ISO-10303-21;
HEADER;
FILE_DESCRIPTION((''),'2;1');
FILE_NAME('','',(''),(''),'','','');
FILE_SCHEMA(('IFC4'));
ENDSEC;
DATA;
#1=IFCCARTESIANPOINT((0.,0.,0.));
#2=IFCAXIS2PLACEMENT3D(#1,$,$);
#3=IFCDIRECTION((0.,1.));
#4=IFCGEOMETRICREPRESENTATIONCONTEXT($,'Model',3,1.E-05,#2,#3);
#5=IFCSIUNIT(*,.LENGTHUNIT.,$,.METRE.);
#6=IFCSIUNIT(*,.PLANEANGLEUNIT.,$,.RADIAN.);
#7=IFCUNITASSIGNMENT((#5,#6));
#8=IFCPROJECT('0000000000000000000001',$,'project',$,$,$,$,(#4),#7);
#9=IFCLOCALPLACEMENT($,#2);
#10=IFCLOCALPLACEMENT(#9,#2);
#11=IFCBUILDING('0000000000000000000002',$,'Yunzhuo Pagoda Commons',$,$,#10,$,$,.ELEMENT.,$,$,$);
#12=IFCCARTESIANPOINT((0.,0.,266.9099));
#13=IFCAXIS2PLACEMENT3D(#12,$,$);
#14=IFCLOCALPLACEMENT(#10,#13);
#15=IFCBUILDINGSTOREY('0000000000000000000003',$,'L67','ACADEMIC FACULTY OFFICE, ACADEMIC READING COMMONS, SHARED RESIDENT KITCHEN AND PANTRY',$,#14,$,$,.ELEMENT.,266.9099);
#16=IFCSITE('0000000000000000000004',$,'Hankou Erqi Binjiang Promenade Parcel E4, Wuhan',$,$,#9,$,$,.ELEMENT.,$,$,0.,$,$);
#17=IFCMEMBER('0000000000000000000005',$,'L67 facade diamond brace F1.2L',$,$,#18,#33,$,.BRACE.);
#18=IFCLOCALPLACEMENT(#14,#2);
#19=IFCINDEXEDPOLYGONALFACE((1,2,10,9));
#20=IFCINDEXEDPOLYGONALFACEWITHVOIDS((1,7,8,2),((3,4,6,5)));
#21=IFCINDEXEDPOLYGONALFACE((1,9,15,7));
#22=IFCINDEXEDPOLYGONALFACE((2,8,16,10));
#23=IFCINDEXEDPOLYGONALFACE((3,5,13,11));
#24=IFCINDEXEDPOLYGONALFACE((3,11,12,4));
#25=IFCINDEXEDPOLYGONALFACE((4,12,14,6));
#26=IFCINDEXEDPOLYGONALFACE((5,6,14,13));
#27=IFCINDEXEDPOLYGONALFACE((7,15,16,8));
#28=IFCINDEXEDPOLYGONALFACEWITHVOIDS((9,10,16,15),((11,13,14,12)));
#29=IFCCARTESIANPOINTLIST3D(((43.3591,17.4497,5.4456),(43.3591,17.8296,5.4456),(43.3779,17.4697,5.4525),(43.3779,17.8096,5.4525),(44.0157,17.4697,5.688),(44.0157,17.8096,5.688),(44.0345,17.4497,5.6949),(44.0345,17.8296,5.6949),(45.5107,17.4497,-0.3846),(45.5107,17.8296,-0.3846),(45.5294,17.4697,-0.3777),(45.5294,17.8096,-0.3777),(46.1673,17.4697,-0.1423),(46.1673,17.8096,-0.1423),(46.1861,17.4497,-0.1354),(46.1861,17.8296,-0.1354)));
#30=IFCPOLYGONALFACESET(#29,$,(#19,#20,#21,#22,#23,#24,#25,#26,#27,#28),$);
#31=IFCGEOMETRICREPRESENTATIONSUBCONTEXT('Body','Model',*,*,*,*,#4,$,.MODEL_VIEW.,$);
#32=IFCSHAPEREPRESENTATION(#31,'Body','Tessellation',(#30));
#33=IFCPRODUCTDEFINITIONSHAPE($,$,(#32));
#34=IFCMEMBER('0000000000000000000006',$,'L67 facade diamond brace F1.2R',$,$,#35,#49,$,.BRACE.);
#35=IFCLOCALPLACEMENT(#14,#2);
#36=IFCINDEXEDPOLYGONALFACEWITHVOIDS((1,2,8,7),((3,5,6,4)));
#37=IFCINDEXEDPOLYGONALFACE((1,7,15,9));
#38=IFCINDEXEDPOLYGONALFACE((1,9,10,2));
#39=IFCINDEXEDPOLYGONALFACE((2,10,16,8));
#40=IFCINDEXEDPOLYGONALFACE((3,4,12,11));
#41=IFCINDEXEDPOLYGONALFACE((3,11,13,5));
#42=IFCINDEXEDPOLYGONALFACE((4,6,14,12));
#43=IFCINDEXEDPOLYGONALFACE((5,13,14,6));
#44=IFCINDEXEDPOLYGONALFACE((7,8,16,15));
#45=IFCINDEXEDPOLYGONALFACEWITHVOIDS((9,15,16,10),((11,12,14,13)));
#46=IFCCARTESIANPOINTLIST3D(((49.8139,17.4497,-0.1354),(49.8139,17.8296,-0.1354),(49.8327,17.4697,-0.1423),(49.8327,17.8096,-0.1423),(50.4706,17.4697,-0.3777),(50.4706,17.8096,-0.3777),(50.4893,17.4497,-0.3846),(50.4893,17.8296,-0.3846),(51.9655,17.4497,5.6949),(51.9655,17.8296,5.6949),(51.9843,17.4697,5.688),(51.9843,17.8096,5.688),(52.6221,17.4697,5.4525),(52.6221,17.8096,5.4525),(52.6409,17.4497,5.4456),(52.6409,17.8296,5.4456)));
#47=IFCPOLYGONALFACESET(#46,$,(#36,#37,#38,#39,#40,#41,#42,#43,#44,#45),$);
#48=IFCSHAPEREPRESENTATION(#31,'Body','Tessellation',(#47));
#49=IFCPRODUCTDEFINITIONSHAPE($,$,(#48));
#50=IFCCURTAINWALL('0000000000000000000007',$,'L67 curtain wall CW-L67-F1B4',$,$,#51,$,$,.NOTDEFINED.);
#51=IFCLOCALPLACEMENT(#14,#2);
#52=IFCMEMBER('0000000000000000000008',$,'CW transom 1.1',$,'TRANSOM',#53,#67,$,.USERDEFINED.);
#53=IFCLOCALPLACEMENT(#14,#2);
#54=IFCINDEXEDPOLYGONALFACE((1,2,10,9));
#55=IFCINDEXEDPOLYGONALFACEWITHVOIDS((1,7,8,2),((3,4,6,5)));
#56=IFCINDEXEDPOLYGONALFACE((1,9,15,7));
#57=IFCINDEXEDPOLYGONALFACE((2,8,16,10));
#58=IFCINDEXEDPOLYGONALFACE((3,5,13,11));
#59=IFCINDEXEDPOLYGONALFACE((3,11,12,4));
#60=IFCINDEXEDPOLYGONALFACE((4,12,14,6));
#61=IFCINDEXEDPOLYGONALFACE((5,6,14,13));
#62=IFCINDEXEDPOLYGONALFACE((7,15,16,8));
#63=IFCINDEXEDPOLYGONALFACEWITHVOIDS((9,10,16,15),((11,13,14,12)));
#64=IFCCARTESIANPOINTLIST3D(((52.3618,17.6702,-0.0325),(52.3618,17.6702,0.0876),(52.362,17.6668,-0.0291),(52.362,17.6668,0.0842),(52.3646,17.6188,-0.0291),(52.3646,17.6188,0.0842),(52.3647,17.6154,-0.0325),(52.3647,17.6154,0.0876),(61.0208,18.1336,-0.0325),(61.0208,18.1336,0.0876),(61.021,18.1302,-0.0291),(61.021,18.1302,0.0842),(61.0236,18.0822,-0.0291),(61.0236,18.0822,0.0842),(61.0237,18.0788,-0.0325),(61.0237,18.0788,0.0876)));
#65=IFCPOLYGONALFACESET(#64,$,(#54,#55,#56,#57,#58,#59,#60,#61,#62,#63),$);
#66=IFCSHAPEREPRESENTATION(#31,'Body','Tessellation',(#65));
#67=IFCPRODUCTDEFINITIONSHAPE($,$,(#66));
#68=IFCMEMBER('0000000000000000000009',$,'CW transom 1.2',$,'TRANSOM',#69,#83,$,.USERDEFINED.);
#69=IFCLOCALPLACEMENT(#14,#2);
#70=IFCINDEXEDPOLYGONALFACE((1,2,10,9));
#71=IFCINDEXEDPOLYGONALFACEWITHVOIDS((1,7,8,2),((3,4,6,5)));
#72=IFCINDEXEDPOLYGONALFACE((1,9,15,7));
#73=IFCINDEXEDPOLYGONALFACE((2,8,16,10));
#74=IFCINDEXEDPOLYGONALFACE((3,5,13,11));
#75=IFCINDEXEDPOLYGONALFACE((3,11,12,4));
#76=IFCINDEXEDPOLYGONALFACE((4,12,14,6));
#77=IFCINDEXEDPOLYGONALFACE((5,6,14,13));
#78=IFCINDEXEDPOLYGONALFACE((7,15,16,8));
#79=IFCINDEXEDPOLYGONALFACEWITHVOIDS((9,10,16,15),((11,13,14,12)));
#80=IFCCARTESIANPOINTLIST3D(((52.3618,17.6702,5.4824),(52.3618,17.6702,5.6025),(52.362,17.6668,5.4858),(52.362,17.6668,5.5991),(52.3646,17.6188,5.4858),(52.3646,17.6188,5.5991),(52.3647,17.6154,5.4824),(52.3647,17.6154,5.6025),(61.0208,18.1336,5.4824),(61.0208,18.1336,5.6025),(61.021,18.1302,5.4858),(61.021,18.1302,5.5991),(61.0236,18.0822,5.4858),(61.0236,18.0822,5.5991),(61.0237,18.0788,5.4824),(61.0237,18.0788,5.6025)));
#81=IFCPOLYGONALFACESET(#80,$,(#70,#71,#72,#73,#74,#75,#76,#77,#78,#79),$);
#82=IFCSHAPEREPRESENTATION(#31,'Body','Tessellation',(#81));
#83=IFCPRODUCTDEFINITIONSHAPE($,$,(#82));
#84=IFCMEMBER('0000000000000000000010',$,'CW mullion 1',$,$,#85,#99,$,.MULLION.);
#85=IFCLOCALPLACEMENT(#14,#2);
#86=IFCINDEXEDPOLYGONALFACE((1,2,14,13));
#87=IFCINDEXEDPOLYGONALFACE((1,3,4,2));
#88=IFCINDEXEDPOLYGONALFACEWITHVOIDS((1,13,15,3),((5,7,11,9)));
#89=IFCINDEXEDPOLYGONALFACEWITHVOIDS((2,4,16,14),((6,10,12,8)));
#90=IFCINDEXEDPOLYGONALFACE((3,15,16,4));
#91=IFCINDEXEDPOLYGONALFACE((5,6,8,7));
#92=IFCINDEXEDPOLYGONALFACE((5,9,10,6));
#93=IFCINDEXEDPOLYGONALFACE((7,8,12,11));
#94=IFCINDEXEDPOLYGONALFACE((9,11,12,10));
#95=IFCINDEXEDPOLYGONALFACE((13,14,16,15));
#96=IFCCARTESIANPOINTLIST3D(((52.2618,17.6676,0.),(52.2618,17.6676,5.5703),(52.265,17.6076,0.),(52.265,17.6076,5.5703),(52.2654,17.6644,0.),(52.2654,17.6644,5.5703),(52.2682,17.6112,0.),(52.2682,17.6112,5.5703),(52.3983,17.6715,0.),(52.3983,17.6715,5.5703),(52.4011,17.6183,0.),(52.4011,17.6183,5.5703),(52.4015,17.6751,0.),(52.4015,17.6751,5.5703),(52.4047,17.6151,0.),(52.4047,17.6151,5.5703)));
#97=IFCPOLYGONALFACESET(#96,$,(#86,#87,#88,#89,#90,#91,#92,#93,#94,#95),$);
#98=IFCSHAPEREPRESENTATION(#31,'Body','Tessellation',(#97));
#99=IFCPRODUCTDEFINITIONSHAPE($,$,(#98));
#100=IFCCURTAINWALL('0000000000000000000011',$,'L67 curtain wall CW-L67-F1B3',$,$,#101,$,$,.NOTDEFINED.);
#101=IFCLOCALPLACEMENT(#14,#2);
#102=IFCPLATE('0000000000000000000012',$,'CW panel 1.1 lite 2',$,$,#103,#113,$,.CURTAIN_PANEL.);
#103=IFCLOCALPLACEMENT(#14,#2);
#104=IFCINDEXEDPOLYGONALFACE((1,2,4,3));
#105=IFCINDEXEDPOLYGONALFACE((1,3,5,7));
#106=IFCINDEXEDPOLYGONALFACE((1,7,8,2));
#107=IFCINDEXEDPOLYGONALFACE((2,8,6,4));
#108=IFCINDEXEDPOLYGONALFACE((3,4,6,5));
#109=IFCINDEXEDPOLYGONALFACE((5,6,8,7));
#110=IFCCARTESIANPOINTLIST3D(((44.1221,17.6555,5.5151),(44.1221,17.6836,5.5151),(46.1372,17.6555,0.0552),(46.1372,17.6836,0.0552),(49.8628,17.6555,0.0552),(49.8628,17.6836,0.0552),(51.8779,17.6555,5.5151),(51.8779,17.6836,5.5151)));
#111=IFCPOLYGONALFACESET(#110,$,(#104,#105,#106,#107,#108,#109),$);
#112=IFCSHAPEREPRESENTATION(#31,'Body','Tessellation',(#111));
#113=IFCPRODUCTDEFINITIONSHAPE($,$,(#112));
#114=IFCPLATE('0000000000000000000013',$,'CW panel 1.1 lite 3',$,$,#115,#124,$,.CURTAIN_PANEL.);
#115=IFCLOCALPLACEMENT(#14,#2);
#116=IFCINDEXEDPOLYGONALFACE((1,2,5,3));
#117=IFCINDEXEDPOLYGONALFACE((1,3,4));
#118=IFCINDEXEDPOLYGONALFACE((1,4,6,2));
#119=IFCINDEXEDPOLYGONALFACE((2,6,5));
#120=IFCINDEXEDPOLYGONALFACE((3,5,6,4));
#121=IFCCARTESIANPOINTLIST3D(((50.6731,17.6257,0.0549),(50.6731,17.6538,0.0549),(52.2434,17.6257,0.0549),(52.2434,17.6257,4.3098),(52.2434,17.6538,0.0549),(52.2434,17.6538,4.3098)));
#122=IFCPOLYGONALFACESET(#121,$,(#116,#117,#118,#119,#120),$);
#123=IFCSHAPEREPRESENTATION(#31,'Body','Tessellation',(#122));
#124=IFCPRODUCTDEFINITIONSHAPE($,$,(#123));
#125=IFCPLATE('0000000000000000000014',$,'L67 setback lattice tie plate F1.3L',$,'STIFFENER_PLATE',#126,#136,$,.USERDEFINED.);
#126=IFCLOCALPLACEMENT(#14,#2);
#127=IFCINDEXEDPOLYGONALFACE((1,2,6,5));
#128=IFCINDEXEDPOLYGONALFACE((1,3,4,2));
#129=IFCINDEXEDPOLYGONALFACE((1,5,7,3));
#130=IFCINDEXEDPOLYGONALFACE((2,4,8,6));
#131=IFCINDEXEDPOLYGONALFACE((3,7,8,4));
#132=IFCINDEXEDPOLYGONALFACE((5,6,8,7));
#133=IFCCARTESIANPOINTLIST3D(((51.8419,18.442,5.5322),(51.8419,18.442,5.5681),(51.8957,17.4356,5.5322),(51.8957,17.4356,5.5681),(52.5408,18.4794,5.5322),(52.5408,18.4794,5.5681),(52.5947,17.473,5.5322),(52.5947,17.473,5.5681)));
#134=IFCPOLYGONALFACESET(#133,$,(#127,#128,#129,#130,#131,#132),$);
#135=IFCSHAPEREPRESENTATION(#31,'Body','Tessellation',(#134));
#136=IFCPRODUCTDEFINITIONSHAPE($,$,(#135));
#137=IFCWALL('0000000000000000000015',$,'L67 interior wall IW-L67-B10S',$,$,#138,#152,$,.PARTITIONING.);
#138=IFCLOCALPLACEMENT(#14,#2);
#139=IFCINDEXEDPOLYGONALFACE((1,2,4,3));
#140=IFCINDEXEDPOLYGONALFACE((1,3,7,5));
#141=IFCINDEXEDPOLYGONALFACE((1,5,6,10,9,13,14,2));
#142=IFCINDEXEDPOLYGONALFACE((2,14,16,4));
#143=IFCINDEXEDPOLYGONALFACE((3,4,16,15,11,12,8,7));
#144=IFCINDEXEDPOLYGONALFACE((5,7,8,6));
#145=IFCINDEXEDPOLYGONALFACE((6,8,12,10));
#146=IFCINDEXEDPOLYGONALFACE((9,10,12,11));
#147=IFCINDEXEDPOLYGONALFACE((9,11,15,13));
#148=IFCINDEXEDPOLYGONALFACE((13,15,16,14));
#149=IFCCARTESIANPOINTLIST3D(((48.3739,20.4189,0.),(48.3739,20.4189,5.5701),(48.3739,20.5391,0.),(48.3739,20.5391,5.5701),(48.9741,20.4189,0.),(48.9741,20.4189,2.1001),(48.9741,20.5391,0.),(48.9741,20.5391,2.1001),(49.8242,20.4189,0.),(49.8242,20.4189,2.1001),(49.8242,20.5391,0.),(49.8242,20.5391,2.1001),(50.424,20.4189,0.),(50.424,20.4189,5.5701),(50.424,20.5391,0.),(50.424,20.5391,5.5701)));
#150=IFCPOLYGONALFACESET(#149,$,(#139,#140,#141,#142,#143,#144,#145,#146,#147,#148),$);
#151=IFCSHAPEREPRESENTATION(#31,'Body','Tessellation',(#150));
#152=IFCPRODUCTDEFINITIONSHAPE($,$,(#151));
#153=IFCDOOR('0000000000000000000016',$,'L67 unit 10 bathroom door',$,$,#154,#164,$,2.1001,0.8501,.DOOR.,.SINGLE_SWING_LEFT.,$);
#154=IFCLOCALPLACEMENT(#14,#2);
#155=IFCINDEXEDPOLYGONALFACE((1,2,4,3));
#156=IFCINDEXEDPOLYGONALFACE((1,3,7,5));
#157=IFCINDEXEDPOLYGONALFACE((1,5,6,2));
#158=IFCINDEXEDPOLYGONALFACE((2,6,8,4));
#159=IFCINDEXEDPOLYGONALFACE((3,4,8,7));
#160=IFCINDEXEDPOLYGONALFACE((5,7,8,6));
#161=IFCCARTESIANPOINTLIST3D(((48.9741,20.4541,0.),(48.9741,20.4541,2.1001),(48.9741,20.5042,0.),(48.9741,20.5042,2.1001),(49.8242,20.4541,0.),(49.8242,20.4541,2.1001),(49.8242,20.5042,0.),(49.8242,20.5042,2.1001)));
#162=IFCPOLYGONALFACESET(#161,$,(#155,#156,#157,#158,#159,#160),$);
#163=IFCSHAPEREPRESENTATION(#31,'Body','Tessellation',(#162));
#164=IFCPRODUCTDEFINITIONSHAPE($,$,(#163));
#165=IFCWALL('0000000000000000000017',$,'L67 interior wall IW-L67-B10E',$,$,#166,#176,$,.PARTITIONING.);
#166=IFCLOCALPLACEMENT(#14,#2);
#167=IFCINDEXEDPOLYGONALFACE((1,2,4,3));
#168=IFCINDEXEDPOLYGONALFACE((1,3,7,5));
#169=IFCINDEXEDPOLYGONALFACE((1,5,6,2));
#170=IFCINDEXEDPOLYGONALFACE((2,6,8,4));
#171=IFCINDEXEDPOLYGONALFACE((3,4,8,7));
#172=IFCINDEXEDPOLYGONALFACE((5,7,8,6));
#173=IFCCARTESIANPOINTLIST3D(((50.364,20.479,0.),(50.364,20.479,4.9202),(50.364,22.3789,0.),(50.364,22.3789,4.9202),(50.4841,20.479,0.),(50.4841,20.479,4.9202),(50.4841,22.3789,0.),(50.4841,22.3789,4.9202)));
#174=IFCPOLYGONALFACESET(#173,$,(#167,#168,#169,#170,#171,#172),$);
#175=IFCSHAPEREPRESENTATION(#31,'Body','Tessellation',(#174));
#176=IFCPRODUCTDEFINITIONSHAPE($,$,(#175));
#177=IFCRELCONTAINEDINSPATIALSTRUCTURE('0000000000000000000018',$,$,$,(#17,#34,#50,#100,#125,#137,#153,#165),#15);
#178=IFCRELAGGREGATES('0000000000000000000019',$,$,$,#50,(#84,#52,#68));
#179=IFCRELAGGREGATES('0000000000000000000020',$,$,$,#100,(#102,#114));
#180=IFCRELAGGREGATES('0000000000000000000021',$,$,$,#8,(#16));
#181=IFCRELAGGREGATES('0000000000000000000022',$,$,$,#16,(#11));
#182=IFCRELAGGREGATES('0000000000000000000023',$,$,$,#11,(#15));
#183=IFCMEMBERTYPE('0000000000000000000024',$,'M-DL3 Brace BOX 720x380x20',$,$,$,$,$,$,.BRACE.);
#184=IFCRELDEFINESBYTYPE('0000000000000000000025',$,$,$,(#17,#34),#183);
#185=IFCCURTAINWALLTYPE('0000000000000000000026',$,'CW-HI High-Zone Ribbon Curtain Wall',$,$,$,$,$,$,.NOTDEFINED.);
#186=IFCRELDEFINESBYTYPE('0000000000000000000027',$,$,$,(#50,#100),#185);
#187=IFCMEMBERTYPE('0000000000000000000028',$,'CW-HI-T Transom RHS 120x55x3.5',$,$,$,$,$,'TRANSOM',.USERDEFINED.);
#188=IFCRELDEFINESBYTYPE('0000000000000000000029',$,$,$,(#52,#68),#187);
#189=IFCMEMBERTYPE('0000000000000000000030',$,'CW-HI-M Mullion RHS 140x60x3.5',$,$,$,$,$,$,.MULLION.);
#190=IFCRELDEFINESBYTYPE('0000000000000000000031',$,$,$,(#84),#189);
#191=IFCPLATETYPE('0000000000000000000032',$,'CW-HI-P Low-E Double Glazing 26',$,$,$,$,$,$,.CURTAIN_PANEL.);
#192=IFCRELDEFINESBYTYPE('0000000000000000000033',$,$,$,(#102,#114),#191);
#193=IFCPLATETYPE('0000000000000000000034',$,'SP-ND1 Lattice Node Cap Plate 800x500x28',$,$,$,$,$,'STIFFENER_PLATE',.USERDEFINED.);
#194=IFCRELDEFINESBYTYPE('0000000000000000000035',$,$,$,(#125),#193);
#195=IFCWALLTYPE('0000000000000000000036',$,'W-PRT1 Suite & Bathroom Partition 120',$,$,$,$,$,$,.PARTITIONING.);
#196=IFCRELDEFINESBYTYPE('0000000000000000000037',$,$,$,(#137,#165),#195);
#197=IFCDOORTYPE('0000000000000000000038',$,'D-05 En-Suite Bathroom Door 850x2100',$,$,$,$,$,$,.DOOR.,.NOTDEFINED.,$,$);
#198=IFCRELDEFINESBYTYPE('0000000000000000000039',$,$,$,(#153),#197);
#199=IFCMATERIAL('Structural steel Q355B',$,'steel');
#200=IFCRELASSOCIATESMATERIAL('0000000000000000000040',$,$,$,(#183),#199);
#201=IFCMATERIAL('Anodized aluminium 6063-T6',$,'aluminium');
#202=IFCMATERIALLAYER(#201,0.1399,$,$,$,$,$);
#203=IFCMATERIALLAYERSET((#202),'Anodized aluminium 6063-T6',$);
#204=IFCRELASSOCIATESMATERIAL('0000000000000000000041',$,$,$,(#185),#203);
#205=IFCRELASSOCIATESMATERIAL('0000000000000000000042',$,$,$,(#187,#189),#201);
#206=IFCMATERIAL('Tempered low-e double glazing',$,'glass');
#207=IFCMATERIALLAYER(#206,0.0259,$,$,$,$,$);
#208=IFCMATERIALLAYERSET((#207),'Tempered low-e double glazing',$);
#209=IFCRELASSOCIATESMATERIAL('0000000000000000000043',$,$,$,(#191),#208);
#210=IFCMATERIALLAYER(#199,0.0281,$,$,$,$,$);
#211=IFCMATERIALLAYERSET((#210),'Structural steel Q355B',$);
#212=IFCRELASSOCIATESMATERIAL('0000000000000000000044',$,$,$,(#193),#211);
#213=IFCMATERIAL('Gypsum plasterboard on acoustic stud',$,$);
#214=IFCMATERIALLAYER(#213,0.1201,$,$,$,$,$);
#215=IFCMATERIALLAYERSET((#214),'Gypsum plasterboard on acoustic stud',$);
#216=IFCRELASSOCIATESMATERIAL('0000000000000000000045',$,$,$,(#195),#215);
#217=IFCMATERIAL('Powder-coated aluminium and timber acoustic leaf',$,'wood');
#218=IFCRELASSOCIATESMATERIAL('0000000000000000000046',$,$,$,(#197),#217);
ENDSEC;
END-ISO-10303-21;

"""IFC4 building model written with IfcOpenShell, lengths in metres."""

from ifc_helpers import new_model, si_unit, direction, frame, frame_2d, origin, origin_2d, place, context, subcontext, project, spatial, polyline, rectangle, hollow_rectangle, outline, extrude, source, transform, mapped, material, layer, layer_set, material_profile, profile_set, type_object, element, fill, aggregate, save


model = new_model("IFC4")

# Units and contexts
model_context = context("Model", 3, precision=1e-05, world=origin(), true_north=direction((0.0, 1.0)))
body_context = subcontext(model_context, "Body", "Model", "MODEL_VIEW")
ifc_project = project(units=[si_unit("LENGTHUNIT", "METRE"), si_unit("PLANEANGLEUNIT", "RADIAN")], contexts=[model_context])

# Site, building, storey
site_placement = place(None, origin())
site = spatial("IfcSite", under=ifc_project, at=site_placement, Name="Hankou Erqi Binjiang Promenade Parcel E4, Wuhan", CompositionType="ELEMENT", RefElevation=0.0)
building_placement = place(site_placement, origin())
building = spatial("IfcBuilding", under=site, at=building_placement, Name="Yunzhuo Pagoda Commons", CompositionType="ELEMENT")
storey_placement = place(building_placement, frame((0.0, 0.0, 266.9099)))
storey = spatial("IfcBuildingStorey", under=building, at=storey_placement, Name="L67", Description="ACADEMIC FACULTY OFFICE, ACADEMIC READING COMMONS, SHARED RESIDENT KITCHEN AND PANTRY", CompositionType="ELEMENT", Elevation=266.9099)

# Shared definitions
ifc_material_1 = material(Name="Structural steel Q355B", Category="steel")

# Members
ifc_material_profile_1 = material_profile(ifc_material_1, hollow_rectangle(XDim=0.3799, YDim=0.72, WallThickness=0.02, at=origin_2d()), Name="Structural steel Q355B")
ifc_profile_set_1 = profile_set([ifc_material_profile_1], Name="Structural steel Q355B")
member_type_1 = type_object("IfcMemberType", Name="M-DL3 Brace BOX 720x380x20", PredefinedType="BRACE", material=ifc_profile_set_1)
shared_shape_1 = source(origin(), body_context, "Body", "SweptSolid", [
    extrude(hollow_rectangle(XDim=0.3799, YDim=0.72, WallThickness=0.02, at=origin_2d()), origin(), (0.0, 0.0, 1.0), 6.2146),
])
for number, where, z_axis, x_axis, name in (
    (1, (45.8484, 17.6396, -0.26), (-0.346215, 0.0, 0.938155), (0.0, -1.0, 0.0), "L67 facade diamond brace F1.2L"),
    (2, (50.1516, 17.6396, -0.26), (0.346215, 0.0, 0.938155), (0.0, 1.0, 0.0), "L67 facade diamond brace F1.2R"),
):
    element("IfcMember", number, at=place(storey_placement, frame(where, z_axis=z_axis, x_axis=x_axis)), inside=storey, type_object=member_type_1, Name=name, PredefinedType="BRACE", context=body_context, shape_type="MappedRepresentation", body=[
        mapped(shared_shape_1, transform((0.0, 0.0, 0.0), scale=1.0)),
    ])

# Curtain wall, members
ifc_material_2 = material(Name="Anodized aluminium 6063-T6", Category="aluminium")
ifc_layer_1 = layer(ifc_material_2, 0.1399)
ifc_layer_set_1 = layer_set([ifc_layer_1], Name="Anodized aluminium 6063-T6")
curtain_wall_type = type_object("IfcCurtainWallType", Name="CW-HI High-Zone Ribbon Curtain Wall", PredefinedType="NOTDEFINED", material=ifc_layer_set_1)
curtain_wall_1_placement = place(storey_placement, origin())
curtain_wall_1 = element("IfcCurtainWall", 3, at=curtain_wall_1_placement, inside=storey, type_object=curtain_wall_type, Name="L67 curtain wall CW-L67-F1B4", PredefinedType="NOTDEFINED")
ifc_material_profile_2 = material_profile(ifc_material_2, hollow_rectangle(XDim=0.0549, YDim=0.1201, WallThickness=0.0034, at=origin_2d()), Name="Anodized aluminium 6063-T6")
ifc_profile_set_2 = profile_set([ifc_material_profile_2], Name="Anodized aluminium 6063-T6")
member_type_2 = type_object("IfcMemberType", Name="CW-HI-T Transom RHS 120x55x3.5", ElementType="TRANSOM", PredefinedType="USERDEFINED", material=ifc_profile_set_2)
shared_shape_2 = source(origin(), body_context, "Body", "SweptSolid", [
    extrude(hollow_rectangle(XDim=0.0549, YDim=0.1201, WallThickness=0.0034, at=origin_2d()), origin(), (0.0, 0.0, 1.0), 8.6714),
])
member_1_placement = place(storey_placement, frame((52.3633, 17.6428, 0.0276), z_axis=(0.998571, 0.053438, 0.0), x_axis=(-0.053438, 0.998571, 0.0)))
member_1 = element("IfcMember", 4, at=member_1_placement, type_object=member_type_2, Name="CW transom 1.1", ObjectType="TRANSOM", PredefinedType="USERDEFINED", context=body_context, shape_type="MappedRepresentation", body=[
    mapped(shared_shape_2, transform((0.0, 0.0, 0.0), scale=1.0)),
])
member_2_placement = place(storey_placement, frame((52.3633, 17.6428, 5.5425), z_axis=(0.998571, 0.053438, 0.0), x_axis=(-0.053438, 0.998571, 0.0)))
member_2 = element("IfcMember", 5, at=member_2_placement, type_object=member_type_2, Name="CW transom 1.2", ObjectType="TRANSOM", PredefinedType="USERDEFINED", context=body_context, shape_type="MappedRepresentation", body=[
    mapped(shared_shape_2, transform((0.0, 0.0, 0.0), scale=1.0)),
])
ifc_material_profile_3 = material_profile(ifc_material_2, hollow_rectangle(XDim=0.0601, YDim=0.1399, WallThickness=0.0034, at=origin_2d()), Name="Anodized aluminium 6063-T6")
ifc_profile_set_3 = profile_set([ifc_material_profile_3], Name="Anodized aluminium 6063-T6")
member_type_3 = type_object("IfcMemberType", Name="CW-HI-M Mullion RHS 140x60x3.5", PredefinedType="MULLION", material=ifc_profile_set_3)
shared_shape_3 = source(origin(), body_context, "Body", "SweptSolid", [
    extrude(hollow_rectangle(XDim=0.0601, YDim=0.1399, WallThickness=0.0034, at=origin_2d()), origin(), (0.0, 0.0, 1.0), 5.5703),
])
member_3_placement = place(storey_placement, frame((52.3333, 17.6414, 0.0), z_axis=(0.0, 0.0, 1.0), x_axis=(-0.053427, 0.998572, 0.0)))
member_3 = element("IfcMember", 6, at=member_3_placement, type_object=member_type_3, Name="CW mullion 1", PredefinedType="MULLION", context=body_context, shape_type="MappedRepresentation", body=[
    mapped(shared_shape_3, transform((0.0, 0.0, 0.0), scale=1.0)),
])
aggregate(curtain_wall_1, [member_3, member_1, member_2])

# Curtain wall, plates
curtain_wall_2_placement = place(storey_placement, origin())
curtain_wall_2 = element("IfcCurtainWall", 7, at=curtain_wall_2_placement, inside=storey, type_object=curtain_wall_type, Name="L67 curtain wall CW-L67-F1B3", PredefinedType="NOTDEFINED")
ifc_material_3 = material(Name="Tempered low-e double glazing", Category="glass")
ifc_layer_2 = layer(ifc_material_3, 0.0259)
ifc_layer_set_2 = layer_set([ifc_layer_2], Name="Tempered low-e double glazing")
plate_type_1 = type_object("IfcPlateType", Name="CW-HI-P Low-E Double Glazing 26", PredefinedType="CURTAIN_PANEL", material=ifc_layer_set_2)
plate_1_placement = place(storey_placement, frame((48.0, 17.6836, 2.7852), z_axis=(0.0, -1.0, 0.0), x_axis=(1.0, 0.0, 0.0)))
plate_1 = element("IfcPlate", 8, at=plate_1_placement, type_object=plate_type_1, Name="CW panel 1.1 lite 2", PredefinedType="CURTAIN_PANEL", context=body_context, shape_type="SweptSolid", body=[
    extrude(outline(polyline([(-3.8779, 2.73), (-1.8628, -2.73), (1.8628, -2.73), (3.8779, 2.73), (-3.8779, 2.73)])), origin(), (0.0, 0.0, 1.0), 0.0281),
])
plate_2_placement = place(storey_placement, frame((51.4583, 17.6538, 2.1824), z_axis=(0.0, -1.0, 0.0), x_axis=(1.0, 0.0, 0.0)))
plate_2 = element("IfcPlate", 9, at=plate_2_placement, type_object=plate_type_1, Name="CW panel 1.1 lite 3", PredefinedType="CURTAIN_PANEL", context=body_context, shape_type="SweptSolid", body=[
    extrude(outline(polyline([(-0.7852, -2.1274), (0.7852, -2.1274), (0.7852, 2.1274), (-0.7852, -2.1274)])), origin(), (0.0, 0.0, 1.0), 0.0281),
])
aggregate(curtain_wall_2, [plate_1, plate_2])

# Plate
ifc_layer_3 = layer(ifc_material_1, 0.0281)
ifc_layer_set_3 = layer_set([ifc_layer_3], Name="Structural steel Q355B")
plate_type_2 = type_object("IfcPlateType", Name="SP-ND1 Lattice Node Cap Plate 800x500x28", ElementType="STIFFENER_PLATE", PredefinedType="USERDEFINED", material=ifc_layer_set_3)
shared_shape_4 = source(origin(), body_context, "Body", "SweptSolid", [
    extrude(rectangle(XDim=0.7, YDim=1.0078, at=origin_2d()), origin(), (0.0, 0.0, 1.0), 0.0359),
])
plate_3_placement = place(storey_placement, frame((52.2183, 17.9575, 5.5322), z_axis=(0.0, 0.0, 1.0), x_axis=(0.998571, 0.053434, 0.0)))
element("IfcPlate", 10, at=plate_3_placement, inside=storey, type_object=plate_type_2, Name="L67 setback lattice tie plate F1.3L", ObjectType="STIFFENER_PLATE", PredefinedType="USERDEFINED", context=body_context, shape_type="MappedRepresentation", body=[
    mapped(shared_shape_4, transform((0.0, 0.0, 0.0), scale=1.0)),
])

# Wall, opening, door
ifc_material_4 = material(Name="Gypsum plasterboard on acoustic stud")
ifc_layer_4 = layer(ifc_material_4, 0.1201)
ifc_layer_set_4 = layer_set([ifc_layer_4], Name="Gypsum plasterboard on acoustic stud")
wall_type_1 = type_object("IfcWallType", Name="W-PRT1 Suite & Bathroom Partition 120", PredefinedType="PARTITIONING", material=ifc_layer_set_4)
wall_1_placement = place(storey_placement, frame((48.374, 20.479, 0.0), z_axis=(0.0, 0.0, 1.0), x_axis=(1.0, 0.0, 0.0)))
wall_1 = element("IfcWall", 11, at=wall_1_placement, inside=storey, type_object=wall_type_1, Name="L67 interior wall IW-L67-B10S", PredefinedType="PARTITIONING", context=body_context, shape_type="SweptSolid", body=[
    extrude(rectangle(XDim=2.05, YDim=0.1201, at=frame_2d((1.0249, 0.0))), origin(), (0.0, 0.0, 1.0), 5.5701),
])
opening_1_placement = place(wall_1_placement, frame((0.6001, 0.0, 0.0)))
opening_1 = element("IfcOpeningElement", 12, at=opening_1_placement, cuts=wall_1, PredefinedType="OPENING", context=body_context, shape_type="SweptSolid", body=[
    extrude(rectangle(XDim=0.8501, YDim=2.1001, at=frame_2d((0.425, 1.05))), frame((0.0, 0.0701, 0.0), z_axis=(0.0, -1.0, 0.0), x_axis=(1.0, 0.0, 0.0)), (0.0, 0.0, 1.0), 0.1401),
])
ifc_material_5 = material(Name="Powder-coated aluminium and timber acoustic leaf", Category="wood")
door_type_1 = type_object("IfcDoorType", Name="D-05 En-Suite Bathroom Door 850x2100", OperationType="NOTDEFINED", PredefinedType="DOOR", material=ifc_material_5)
shared_shape_5 = source(origin(), body_context, "Body", "SweptSolid", [
    extrude(rectangle(XDim=0.8501, YDim=2.1001, at=frame_2d((0.425, 1.05))), frame((0.0, 0.0249, 0.0), z_axis=(0.0, -1.0, 0.0), x_axis=(1.0, 0.0, 0.0)), (0.0, 0.0, 1.0), 0.05),
])
door_1_placement = place(opening_1_placement, frame((0.8501, 0.0, 0.0), z_axis=(0.0, 0.0, 1.0), x_axis=(-1.0, 0.0, 0.0)))
door_1 = element("IfcDoor", 13, at=door_1_placement, inside=storey, type_object=door_type_1, Name="L67 unit 10 bathroom door", OperationType="SINGLE_SWING_LEFT", OverallHeight=2.1001, OverallWidth=0.8501, PredefinedType="DOOR", context=body_context, shape_type="MappedRepresentation", body=[
    mapped(shared_shape_5, transform((0.0, 0.0, 0.0), scale=1.0)),
])
fill(opening_1, door_1)

# Wall
wall_2_placement = place(storey_placement, frame((50.4241, 20.479, 0.0), z_axis=(0.0, 0.0, 1.0), x_axis=(0.0, 1.0, 0.0)))
element("IfcWall", 14, at=wall_2_placement, inside=storey, type_object=wall_type_1, Name="L67 interior wall IW-L67-B10E", PredefinedType="PARTITIONING", context=body_context, shape_type="SweptSolid", body=[
    extrude(rectangle(XDim=1.8999, YDim=0.1201, at=frame_2d((0.95, 0.0))), origin(), (0.0, 0.0, 1.0), 4.9202),
])

save(model, "model.ifc")
